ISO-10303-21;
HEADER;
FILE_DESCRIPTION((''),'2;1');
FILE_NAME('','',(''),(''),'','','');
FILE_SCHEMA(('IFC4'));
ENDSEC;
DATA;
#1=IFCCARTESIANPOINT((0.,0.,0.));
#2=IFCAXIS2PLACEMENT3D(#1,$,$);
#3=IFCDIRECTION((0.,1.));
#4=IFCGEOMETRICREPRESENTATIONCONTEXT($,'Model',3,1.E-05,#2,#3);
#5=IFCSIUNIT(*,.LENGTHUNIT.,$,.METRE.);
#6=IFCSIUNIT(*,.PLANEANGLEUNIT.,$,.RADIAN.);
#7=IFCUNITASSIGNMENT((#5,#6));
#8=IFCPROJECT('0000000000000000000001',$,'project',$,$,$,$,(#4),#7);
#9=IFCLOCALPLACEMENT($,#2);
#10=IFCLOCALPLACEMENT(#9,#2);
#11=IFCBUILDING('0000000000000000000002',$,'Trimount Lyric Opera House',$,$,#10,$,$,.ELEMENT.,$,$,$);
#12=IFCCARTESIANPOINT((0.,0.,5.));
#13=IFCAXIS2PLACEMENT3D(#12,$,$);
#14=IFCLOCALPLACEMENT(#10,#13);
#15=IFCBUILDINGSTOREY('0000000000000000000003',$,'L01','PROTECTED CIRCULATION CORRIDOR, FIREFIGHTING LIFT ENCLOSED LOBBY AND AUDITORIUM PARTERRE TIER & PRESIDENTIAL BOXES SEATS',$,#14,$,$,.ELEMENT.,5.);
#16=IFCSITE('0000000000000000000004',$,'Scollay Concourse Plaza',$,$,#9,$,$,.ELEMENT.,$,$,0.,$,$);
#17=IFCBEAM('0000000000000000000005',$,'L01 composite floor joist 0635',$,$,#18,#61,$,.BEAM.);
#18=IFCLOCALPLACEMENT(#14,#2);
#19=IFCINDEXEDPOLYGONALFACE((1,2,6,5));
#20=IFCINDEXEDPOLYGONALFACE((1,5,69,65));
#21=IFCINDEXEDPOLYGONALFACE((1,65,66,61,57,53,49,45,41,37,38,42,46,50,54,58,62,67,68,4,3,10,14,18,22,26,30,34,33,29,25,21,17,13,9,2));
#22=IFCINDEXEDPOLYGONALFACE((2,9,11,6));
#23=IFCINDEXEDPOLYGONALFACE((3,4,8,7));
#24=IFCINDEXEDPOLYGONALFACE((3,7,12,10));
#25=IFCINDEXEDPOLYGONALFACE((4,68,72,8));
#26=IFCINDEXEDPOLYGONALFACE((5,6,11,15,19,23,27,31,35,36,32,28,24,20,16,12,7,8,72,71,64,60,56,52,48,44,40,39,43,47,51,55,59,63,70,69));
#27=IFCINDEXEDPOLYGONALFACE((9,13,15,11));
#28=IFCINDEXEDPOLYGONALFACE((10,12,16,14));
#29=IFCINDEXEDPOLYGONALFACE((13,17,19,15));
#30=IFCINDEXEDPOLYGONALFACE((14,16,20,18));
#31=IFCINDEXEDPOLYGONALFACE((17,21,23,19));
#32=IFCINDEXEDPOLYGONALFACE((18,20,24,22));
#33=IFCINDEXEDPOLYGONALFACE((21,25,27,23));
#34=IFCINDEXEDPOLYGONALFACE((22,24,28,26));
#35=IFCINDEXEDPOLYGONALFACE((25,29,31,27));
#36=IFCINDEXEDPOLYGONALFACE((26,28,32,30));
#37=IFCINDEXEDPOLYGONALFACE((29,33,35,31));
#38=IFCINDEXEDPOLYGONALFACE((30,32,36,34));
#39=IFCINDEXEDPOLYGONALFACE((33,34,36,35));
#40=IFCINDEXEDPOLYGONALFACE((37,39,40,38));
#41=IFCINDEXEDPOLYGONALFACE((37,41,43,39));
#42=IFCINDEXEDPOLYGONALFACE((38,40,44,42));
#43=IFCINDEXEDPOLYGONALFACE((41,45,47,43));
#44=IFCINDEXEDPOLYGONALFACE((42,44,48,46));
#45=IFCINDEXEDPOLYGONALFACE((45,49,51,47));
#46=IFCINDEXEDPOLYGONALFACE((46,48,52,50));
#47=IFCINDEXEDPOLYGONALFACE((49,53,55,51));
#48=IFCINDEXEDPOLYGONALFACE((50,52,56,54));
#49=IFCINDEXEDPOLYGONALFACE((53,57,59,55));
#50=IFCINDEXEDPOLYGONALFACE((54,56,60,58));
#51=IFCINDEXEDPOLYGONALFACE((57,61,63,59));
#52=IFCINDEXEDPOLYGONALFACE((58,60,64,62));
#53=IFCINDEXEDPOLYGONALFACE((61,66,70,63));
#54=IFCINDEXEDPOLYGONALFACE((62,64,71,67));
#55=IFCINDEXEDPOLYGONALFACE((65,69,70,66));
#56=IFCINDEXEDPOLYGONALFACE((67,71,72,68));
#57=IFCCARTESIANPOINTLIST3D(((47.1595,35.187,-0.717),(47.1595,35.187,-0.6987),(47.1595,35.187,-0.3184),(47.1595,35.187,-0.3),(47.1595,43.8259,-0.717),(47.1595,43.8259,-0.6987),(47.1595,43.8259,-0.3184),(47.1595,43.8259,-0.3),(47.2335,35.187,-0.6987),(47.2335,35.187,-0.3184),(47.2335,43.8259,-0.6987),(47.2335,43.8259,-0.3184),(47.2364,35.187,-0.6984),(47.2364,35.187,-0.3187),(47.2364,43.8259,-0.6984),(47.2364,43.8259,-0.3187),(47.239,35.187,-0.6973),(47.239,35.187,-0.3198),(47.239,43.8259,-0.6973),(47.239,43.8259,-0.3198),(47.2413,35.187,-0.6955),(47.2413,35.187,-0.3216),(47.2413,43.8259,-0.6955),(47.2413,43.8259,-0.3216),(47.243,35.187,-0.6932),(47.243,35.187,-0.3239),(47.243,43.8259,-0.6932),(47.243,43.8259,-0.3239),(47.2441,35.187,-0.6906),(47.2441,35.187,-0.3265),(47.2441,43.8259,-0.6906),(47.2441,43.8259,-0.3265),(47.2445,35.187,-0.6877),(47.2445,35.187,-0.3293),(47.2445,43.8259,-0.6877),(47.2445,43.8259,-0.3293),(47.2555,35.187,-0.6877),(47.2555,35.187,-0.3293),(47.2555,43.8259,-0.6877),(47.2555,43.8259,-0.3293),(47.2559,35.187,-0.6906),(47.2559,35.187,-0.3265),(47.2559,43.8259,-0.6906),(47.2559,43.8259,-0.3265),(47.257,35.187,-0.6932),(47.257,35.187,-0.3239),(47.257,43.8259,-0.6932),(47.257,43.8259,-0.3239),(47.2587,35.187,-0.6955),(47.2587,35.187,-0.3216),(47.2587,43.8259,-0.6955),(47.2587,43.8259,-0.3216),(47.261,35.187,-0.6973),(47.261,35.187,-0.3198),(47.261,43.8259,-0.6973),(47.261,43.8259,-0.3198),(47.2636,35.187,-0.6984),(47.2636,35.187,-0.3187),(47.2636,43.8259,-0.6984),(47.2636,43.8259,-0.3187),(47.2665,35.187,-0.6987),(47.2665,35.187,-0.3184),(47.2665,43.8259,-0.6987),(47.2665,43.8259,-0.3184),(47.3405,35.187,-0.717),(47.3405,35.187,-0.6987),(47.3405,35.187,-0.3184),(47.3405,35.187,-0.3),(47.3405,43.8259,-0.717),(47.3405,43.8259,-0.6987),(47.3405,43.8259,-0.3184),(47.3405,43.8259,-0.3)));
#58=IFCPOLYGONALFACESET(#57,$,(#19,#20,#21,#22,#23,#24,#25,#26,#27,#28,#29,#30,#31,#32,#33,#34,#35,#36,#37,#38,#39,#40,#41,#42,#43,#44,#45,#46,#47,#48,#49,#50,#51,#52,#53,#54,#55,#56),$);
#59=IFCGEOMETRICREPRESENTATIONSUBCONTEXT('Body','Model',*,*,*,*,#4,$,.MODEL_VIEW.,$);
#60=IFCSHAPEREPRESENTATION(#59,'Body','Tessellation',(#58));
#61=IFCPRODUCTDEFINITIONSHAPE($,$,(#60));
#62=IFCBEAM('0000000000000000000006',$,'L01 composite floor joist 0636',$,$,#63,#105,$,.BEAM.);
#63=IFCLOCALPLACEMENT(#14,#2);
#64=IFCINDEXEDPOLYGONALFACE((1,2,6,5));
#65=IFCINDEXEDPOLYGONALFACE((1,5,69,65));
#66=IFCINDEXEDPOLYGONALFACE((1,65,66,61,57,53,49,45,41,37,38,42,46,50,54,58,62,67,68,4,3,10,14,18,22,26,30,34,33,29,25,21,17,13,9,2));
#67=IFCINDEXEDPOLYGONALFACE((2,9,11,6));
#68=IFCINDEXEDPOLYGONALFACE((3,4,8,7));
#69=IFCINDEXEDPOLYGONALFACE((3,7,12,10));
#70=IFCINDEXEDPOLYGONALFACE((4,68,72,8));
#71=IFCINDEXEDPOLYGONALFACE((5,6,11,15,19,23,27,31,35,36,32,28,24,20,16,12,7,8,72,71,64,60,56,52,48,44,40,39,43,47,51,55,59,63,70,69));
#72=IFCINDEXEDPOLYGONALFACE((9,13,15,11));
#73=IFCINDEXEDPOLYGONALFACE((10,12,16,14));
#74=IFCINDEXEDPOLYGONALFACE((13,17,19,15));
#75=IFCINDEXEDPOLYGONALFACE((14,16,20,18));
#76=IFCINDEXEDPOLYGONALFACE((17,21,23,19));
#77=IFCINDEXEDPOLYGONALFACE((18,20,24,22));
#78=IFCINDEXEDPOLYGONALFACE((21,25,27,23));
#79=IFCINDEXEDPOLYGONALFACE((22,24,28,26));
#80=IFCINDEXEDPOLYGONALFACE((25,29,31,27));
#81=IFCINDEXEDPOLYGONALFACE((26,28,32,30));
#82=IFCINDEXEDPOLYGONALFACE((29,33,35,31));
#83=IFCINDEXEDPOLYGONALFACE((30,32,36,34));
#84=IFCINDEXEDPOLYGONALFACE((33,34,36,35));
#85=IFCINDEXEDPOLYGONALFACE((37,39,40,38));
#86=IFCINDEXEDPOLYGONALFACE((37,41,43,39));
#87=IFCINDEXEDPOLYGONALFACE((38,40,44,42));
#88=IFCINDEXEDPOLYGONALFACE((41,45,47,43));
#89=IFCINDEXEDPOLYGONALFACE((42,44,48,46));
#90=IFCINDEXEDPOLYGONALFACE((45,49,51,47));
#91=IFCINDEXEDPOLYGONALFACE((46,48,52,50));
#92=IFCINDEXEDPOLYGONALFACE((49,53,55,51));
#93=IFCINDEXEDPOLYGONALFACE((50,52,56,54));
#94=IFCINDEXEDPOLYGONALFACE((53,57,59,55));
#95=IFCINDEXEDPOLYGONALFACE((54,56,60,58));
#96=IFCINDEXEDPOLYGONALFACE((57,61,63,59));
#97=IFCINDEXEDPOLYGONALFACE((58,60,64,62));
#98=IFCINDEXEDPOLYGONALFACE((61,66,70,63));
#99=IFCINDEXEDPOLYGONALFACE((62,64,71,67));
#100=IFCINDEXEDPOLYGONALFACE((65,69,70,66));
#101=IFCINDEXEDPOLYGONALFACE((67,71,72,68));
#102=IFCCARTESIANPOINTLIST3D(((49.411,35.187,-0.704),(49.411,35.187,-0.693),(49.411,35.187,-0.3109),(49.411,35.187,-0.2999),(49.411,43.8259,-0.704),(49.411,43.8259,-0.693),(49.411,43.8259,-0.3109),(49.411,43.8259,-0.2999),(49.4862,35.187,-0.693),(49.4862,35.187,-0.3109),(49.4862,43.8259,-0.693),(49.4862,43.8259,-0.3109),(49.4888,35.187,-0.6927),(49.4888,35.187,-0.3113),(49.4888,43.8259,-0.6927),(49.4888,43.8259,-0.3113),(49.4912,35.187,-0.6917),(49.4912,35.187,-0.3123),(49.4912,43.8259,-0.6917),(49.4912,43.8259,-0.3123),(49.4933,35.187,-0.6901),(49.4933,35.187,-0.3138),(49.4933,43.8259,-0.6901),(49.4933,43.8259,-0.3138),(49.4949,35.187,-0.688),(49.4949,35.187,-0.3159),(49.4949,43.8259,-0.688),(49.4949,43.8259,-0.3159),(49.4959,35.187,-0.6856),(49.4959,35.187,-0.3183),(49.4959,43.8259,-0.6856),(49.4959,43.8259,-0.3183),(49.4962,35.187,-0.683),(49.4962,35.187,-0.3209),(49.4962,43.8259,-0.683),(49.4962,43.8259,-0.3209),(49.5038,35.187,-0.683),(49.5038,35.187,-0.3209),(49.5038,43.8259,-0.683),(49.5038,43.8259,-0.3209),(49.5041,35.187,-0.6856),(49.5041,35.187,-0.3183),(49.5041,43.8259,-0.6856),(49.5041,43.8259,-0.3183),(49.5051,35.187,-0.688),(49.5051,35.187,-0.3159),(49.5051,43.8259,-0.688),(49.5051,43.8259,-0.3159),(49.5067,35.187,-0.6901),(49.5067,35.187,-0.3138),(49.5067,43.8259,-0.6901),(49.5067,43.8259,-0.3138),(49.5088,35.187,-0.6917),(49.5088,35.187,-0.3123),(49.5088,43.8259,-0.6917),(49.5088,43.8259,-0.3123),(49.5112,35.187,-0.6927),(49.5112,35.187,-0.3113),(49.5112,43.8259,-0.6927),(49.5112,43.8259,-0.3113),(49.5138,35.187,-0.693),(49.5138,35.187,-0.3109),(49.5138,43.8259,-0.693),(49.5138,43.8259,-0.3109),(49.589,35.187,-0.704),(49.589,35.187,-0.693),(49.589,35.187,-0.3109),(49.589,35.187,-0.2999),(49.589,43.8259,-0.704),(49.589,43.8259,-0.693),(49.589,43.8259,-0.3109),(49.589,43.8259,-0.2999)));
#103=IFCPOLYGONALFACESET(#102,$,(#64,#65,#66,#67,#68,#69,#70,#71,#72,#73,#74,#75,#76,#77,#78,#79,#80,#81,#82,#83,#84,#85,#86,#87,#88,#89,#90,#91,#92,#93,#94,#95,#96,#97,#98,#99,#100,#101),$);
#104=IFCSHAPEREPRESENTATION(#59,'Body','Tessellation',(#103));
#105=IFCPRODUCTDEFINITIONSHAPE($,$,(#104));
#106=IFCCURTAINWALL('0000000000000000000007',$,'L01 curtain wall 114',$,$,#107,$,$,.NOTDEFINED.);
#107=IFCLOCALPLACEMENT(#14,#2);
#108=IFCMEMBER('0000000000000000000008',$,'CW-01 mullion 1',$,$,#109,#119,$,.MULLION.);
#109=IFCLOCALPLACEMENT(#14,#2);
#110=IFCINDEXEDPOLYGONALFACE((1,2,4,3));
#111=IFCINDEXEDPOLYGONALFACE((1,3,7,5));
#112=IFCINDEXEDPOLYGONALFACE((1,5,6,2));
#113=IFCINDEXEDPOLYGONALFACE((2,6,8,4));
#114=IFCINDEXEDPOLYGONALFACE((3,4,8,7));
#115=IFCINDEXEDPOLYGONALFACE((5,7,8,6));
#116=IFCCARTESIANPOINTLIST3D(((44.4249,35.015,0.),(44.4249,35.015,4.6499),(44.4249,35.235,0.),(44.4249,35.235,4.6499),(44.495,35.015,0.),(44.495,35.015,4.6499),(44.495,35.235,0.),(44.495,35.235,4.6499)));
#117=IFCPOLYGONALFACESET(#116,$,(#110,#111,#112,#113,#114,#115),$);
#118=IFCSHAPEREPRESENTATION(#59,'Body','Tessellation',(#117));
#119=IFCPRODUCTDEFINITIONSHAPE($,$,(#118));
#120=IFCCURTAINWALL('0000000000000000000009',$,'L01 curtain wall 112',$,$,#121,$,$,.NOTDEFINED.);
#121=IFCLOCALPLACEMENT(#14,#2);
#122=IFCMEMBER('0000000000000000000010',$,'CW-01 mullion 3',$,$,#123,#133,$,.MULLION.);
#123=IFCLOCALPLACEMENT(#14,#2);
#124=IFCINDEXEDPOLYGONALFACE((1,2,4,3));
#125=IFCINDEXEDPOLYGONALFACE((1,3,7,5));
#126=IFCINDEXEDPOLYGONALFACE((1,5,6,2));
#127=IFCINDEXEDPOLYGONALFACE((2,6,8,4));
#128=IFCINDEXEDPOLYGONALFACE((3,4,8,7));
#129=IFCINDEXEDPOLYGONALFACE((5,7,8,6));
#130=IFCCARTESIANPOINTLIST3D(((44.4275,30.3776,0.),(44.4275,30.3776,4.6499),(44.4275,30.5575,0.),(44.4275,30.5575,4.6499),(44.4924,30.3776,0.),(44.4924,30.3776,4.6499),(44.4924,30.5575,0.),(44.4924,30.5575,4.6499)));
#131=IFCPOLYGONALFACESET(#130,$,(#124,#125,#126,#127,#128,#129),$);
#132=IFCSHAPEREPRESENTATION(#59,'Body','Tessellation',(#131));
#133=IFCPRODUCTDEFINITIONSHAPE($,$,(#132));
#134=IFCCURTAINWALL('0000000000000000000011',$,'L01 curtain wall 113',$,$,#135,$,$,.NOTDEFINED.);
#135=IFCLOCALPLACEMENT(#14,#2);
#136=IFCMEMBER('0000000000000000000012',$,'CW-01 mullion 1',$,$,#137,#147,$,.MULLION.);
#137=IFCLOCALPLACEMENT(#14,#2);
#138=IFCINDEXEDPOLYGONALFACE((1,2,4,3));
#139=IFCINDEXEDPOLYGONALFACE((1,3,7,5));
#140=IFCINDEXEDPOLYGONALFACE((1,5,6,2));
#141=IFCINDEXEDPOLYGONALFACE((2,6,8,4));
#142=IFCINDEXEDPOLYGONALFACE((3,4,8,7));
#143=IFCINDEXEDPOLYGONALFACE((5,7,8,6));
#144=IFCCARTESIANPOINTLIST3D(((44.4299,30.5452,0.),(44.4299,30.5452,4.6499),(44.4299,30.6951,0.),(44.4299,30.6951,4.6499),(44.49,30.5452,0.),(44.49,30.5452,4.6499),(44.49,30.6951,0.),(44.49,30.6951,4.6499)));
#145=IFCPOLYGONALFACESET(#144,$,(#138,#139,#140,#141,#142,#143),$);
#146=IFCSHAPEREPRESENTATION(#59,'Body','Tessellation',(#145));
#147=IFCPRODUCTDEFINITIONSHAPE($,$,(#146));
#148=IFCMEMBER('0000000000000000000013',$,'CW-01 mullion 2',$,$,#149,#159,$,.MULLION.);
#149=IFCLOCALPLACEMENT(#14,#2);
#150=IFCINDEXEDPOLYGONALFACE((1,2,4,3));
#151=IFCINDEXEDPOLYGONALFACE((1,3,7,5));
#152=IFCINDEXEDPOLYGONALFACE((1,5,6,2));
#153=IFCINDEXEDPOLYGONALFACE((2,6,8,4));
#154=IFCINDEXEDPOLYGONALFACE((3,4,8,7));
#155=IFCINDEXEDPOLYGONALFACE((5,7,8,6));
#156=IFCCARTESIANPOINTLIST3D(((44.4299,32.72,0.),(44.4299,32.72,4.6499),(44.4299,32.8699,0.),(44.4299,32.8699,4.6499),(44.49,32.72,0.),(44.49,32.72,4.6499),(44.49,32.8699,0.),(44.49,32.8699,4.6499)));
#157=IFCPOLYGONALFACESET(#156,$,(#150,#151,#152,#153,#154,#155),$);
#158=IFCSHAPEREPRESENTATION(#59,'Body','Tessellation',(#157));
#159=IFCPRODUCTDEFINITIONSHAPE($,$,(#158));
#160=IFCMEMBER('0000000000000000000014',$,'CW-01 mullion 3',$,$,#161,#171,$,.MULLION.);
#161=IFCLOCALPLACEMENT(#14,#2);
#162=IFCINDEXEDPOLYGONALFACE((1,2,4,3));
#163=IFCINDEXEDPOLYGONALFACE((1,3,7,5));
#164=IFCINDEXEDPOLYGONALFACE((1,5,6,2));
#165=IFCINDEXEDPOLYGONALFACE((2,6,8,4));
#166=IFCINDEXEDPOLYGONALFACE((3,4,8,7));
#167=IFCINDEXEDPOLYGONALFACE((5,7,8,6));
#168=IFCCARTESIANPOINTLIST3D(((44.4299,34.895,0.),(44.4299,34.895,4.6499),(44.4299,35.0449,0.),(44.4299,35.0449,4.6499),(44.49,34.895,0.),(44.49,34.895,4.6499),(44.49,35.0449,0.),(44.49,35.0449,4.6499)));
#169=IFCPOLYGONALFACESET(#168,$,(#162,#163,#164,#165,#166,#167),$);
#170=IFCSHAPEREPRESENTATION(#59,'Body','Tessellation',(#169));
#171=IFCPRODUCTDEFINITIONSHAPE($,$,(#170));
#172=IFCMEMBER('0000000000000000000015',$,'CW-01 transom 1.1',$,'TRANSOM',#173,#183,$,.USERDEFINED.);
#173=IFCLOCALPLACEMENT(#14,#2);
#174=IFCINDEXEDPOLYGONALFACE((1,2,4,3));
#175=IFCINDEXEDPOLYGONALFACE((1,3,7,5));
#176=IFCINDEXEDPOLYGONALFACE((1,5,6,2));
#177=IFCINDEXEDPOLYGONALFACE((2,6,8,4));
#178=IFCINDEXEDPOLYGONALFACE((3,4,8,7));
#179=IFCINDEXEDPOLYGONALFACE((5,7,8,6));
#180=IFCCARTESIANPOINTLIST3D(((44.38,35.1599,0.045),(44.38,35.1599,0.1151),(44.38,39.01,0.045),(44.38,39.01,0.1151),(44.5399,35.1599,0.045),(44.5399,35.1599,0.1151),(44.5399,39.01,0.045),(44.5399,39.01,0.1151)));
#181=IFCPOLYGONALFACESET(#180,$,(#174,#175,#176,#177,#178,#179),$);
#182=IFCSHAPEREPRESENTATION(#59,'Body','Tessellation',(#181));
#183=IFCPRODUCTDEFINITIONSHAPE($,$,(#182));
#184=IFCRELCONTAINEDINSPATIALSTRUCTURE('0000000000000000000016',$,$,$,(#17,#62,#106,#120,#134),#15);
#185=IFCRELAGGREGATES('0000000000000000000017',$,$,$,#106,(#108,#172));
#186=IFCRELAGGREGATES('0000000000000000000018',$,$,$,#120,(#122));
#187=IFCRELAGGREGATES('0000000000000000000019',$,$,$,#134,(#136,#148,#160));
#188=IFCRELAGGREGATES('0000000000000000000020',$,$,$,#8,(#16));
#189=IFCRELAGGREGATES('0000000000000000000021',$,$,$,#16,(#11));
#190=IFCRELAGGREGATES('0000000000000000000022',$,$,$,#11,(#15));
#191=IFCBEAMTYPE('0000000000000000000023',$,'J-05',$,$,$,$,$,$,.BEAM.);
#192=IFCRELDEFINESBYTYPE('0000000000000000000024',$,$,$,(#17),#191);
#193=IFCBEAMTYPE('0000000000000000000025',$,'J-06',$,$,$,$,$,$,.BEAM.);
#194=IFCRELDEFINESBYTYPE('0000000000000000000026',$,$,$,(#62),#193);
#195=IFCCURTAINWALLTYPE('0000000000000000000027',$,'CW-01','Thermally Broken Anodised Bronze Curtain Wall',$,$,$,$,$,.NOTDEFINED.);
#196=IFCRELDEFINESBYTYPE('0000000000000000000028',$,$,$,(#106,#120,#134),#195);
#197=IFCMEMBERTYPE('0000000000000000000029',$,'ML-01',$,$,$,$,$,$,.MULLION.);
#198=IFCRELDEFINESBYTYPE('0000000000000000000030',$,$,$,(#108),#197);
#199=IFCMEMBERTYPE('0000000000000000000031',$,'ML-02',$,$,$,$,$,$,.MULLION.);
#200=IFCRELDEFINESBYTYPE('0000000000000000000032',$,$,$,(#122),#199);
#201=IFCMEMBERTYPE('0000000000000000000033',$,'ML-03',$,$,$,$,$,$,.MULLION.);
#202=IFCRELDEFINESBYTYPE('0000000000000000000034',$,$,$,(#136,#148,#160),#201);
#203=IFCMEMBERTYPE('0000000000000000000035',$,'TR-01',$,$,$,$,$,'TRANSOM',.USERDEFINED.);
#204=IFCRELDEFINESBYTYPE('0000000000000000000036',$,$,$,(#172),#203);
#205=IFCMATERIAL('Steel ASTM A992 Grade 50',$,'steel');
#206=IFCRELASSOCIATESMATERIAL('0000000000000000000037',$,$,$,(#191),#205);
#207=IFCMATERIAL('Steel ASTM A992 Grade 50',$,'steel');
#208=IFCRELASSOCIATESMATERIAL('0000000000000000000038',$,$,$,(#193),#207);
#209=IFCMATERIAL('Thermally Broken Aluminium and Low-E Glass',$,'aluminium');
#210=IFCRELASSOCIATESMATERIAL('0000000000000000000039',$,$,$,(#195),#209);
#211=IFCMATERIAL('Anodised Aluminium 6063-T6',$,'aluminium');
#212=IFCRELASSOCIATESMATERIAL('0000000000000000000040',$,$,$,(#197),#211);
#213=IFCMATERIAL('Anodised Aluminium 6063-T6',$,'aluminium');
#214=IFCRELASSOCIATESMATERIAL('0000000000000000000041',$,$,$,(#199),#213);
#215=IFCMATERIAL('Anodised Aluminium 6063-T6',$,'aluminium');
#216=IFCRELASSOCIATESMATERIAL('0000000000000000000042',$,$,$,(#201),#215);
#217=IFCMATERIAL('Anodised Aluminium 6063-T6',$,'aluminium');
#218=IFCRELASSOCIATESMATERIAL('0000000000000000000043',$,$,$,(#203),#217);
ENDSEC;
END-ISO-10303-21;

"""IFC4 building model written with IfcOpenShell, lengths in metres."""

from ifc_helpers import new_model, si_unit, direction, frame, origin, origin_2d, place, context, subcontext, project, spatial, rectangle, i_section, extrude, material, material_profile, profile_set, type_object, element, aggregate, save


model = new_model("IFC4")

# Units and contexts
model_context = context("Model", 3, precision=1e-05, world=origin(), true_north=direction((0.0, 1.0)))
body_context = subcontext(model_context, "Body", "Model", "MODEL_VIEW")
ifc_project = project(units=[si_unit("LENGTHUNIT", "METRE"), si_unit("PLANEANGLEUNIT", "RADIAN")], contexts=[model_context])

# Site, building, storey
site_placement = place(None, origin())
site = spatial("IfcSite", under=ifc_project, at=site_placement, Name="Scollay Concourse Plaza", CompositionType="ELEMENT", RefElevation=0.0)
building_placement = place(site_placement, origin())
building = spatial("IfcBuilding", under=site, at=building_placement, Name="Trimount Lyric Opera House", CompositionType="ELEMENT")
storey_placement = place(building_placement, frame((0.0, 0.0, 5.0)))
storey = spatial("IfcBuildingStorey", under=building, at=storey_placement, Name="L01", Description="PROTECTED CIRCULATION CORRIDOR, FIREFIGHTING LIFT ENCLOSED LOBBY AND AUDITORIUM PARTERRE TIER & PRESIDENTIAL BOXES SEATS", CompositionType="ELEMENT", Elevation=5.0)

# Beams
ifc_material_1 = material(Name="Steel ASTM A992 Grade 50", Category="steel")
ifc_material_profile_1 = material_profile(ifc_material_1, i_section(OverallWidth=0.1809, OverallDepth=0.417, WebThickness=0.011, FlangeThickness=0.0183, FilletRadius=0.011, at=origin_2d()), Name="W16X57")
ifc_profile_set_1 = profile_set([ifc_material_profile_1], Name="Steel ASTM A992 Grade 50")
beam_type_1 = type_object("IfcBeamType", Name="J-05", PredefinedType="BEAM", material=ifc_profile_set_1)
beam_1_placement = place(storey_placement, frame((47.25, 35.187, -0.5085), z_axis=(0.0, 1.0, 0.0), x_axis=(-1.0, 0.0, 0.0)))
element("IfcBeam", 1, at=beam_1_placement, inside=storey, type_object=beam_type_1, Name="L01 composite floor joist 0635", PredefinedType="BEAM", context=body_context, shape_type="SweptSolid", body=[
    extrude(i_section(OverallWidth=0.1809, OverallDepth=0.417, WebThickness=0.011, FlangeThickness=0.0183, FilletRadius=0.011, at=origin_2d()), origin(), (0.0, 0.0, 1.0), 8.6389),
])
ifc_material_2 = material(Name="Steel ASTM A992 Grade 50", Category="steel")
ifc_material_profile_2 = material_profile(ifc_material_2, i_section(OverallWidth=0.178, OverallDepth=0.4041, WebThickness=0.0076, FlangeThickness=0.011, FilletRadius=0.01, at=origin_2d()), Name="W16X36")
ifc_profile_set_2 = profile_set([ifc_material_profile_2], Name="Steel ASTM A992 Grade 50")
beam_type_2 = type_object("IfcBeamType", Name="J-06", PredefinedType="BEAM", material=ifc_profile_set_2)
beam_2_placement = place(storey_placement, frame((49.5, 35.187, -0.502), z_axis=(0.0, 1.0, 0.0), x_axis=(-1.0, 0.0, 0.0)))
element("IfcBeam", 2, at=beam_2_placement, inside=storey, type_object=beam_type_2, Name="L01 composite floor joist 0636", PredefinedType="BEAM", context=body_context, shape_type="SweptSolid", body=[
    extrude(i_section(OverallWidth=0.178, OverallDepth=0.4041, WebThickness=0.0076, FlangeThickness=0.011, FilletRadius=0.01, at=origin_2d()), origin(), (0.0, 0.0, 1.0), 8.6389),
])

# Curtain walls, members
ifc_material_3 = material(Name="Thermally Broken Aluminium and Low-E Glass", Category="aluminium")
curtain_wall_type = type_object("IfcCurtainWallType", Name="CW-01", Description="Thermally Broken Anodised Bronze Curtain Wall", PredefinedType="NOTDEFINED", material=ifc_material_3)
curtain_wall_1_placement = place(storey_placement, origin())
curtain_wall_1 = element("IfcCurtainWall", 3, at=curtain_wall_1_placement, inside=storey, type_object=curtain_wall_type, Name="L01 curtain wall 114", PredefinedType="NOTDEFINED")
ifc_material_4 = material(Name="Anodised Aluminium 6063-T6", Category="aluminium")
ifc_material_profile_3 = material_profile(ifc_material_4, rectangle(XDim=0.0701, YDim=0.22, at=origin_2d()), Name="ALU-MULL-70X220")
ifc_profile_set_3 = profile_set([ifc_material_profile_3], Name="Anodised Aluminium 6063-T6")
member_type_1 = type_object("IfcMemberType", Name="ML-01", PredefinedType="MULLION", material=ifc_profile_set_3)
member_1_placement = place(storey_placement, frame((44.46, 35.125, 0.0), z_axis=(0.0, 0.0, 1.0), x_axis=(-1.0, 0.0, 0.0)))
member_1 = element("IfcMember", 4, at=member_1_placement, type_object=member_type_1, Name="CW-01 mullion 1", PredefinedType="MULLION", context=body_context, shape_type="SweptSolid", body=[
    extrude(rectangle(XDim=0.0701, YDim=0.22, at=origin_2d()), origin(), (0.0, 0.0, 1.0), 4.6499),
])
curtain_wall_2_placement = place(storey_placement, origin())
curtain_wall_2 = element("IfcCurtainWall", 5, at=curtain_wall_2_placement, inside=storey, type_object=curtain_wall_type, Name="L01 curtain wall 112", PredefinedType="NOTDEFINED")
ifc_material_5 = material(Name="Anodised Aluminium 6063-T6", Category="aluminium")
ifc_material_profile_4 = material_profile(ifc_material_5, rectangle(XDim=0.0649, YDim=0.1799, at=origin_2d()), Name="ALU-MULL-65X180")
ifc_profile_set_4 = profile_set([ifc_material_profile_4], Name="Anodised Aluminium 6063-T6")
member_type_2 = type_object("IfcMemberType", Name="ML-02", PredefinedType="MULLION", material=ifc_profile_set_4)
member_2_placement = place(storey_placement, frame((44.46, 30.4675, 0.0), z_axis=(0.0, 0.0, 1.0), x_axis=(-1.0, 0.0, 0.0)))
member_2 = element("IfcMember", 6, at=member_2_placement, type_object=member_type_2, Name="CW-01 mullion 3", PredefinedType="MULLION", context=body_context, shape_type="SweptSolid", body=[
    extrude(rectangle(XDim=0.0649, YDim=0.1799, at=origin_2d()), origin(), (0.0, 0.0, 1.0), 4.6499),
])

# Curtain wall, members
curtain_wall_3_placement = place(storey_placement, origin())
curtain_wall_3 = element("IfcCurtainWall", 7, at=curtain_wall_3_placement, inside=storey, type_object=curtain_wall_type, Name="L01 curtain wall 113", PredefinedType="NOTDEFINED")
ifc_material_6 = material(Name="Anodised Aluminium 6063-T6", Category="aluminium")
ifc_material_profile_5 = material_profile(ifc_material_6, rectangle(XDim=0.0601, YDim=0.1499, at=origin_2d()), Name="ALU-MULL-60X150")
ifc_profile_set_5 = profile_set([ifc_material_profile_5], Name="Anodised Aluminium 6063-T6")
member_type_3 = type_object("IfcMemberType", Name="ML-03", PredefinedType="MULLION", material=ifc_profile_set_5)
member_3_placement = place(storey_placement, frame((44.46, 30.6201, 0.0), z_axis=(0.0, 0.0, 1.0), x_axis=(-1.0, 0.0, 0.0)))
member_3 = element("IfcMember", 8, at=member_3_placement, type_object=member_type_3, Name="CW-01 mullion 1", PredefinedType="MULLION", context=body_context, shape_type="SweptSolid", body=[
    extrude(rectangle(XDim=0.0601, YDim=0.1499, at=origin_2d()), origin(), (0.0, 0.0, 1.0), 4.6499),
])
member_4_placement = place(storey_placement, frame((44.46, 32.7949, 0.0), z_axis=(0.0, 0.0, 1.0), x_axis=(-1.0, 0.0, 0.0)))
member_4 = element("IfcMember", 9, at=member_4_placement, type_object=member_type_3, Name="CW-01 mullion 2", PredefinedType="MULLION", context=body_context, shape_type="SweptSolid", body=[
    extrude(rectangle(XDim=0.0601, YDim=0.1499, at=origin_2d()), origin(), (0.0, 0.0, 1.0), 4.6499),
])
member_5_placement = place(storey_placement, frame((44.46, 34.97, 0.0), z_axis=(0.0, 0.0, 1.0), x_axis=(-1.0, 0.0, 0.0)))
member_5 = element("IfcMember", 10, at=member_5_placement, type_object=member_type_3, Name="CW-01 mullion 3", PredefinedType="MULLION", context=body_context, shape_type="SweptSolid", body=[
    extrude(rectangle(XDim=0.0601, YDim=0.1499, at=origin_2d()), origin(), (0.0, 0.0, 1.0), 4.6499),
])

# Member
ifc_material_7 = material(Name="Anodised Aluminium 6063-T6", Category="aluminium")
ifc_material_profile_6 = material_profile(ifc_material_7, rectangle(XDim=0.1599, YDim=0.0701, at=origin_2d()), Name="ALU-TRAN-70X160")
ifc_profile_set_6 = profile_set([ifc_material_profile_6], Name="Anodised Aluminium 6063-T6")
member_type_4 = type_object("IfcMemberType", Name="TR-01", ElementType="TRANSOM", PredefinedType="USERDEFINED", material=ifc_profile_set_6)
member_6_placement = place(storey_placement, frame((44.46, 35.1599, 0.0801), z_axis=(0.0, 1.0, 0.0), x_axis=(-1.0, 0.0, 0.0)))
member_6 = element("IfcMember", 11, at=member_6_placement, type_object=member_type_4, Name="CW-01 transom 1.1", ObjectType="TRANSOM", PredefinedType="USERDEFINED", context=body_context, shape_type="SweptSolid", body=[
    extrude(rectangle(XDim=0.1599, YDim=0.0701, at=origin_2d()), origin(), (0.0, 0.0, 1.0), 3.8501),
])
aggregate(curtain_wall_1, [member_1, member_6])

aggregate(curtain_wall_2, [member_2])
aggregate(curtain_wall_3, [member_3, member_4, member_5])

save(model, "model.ifc")
